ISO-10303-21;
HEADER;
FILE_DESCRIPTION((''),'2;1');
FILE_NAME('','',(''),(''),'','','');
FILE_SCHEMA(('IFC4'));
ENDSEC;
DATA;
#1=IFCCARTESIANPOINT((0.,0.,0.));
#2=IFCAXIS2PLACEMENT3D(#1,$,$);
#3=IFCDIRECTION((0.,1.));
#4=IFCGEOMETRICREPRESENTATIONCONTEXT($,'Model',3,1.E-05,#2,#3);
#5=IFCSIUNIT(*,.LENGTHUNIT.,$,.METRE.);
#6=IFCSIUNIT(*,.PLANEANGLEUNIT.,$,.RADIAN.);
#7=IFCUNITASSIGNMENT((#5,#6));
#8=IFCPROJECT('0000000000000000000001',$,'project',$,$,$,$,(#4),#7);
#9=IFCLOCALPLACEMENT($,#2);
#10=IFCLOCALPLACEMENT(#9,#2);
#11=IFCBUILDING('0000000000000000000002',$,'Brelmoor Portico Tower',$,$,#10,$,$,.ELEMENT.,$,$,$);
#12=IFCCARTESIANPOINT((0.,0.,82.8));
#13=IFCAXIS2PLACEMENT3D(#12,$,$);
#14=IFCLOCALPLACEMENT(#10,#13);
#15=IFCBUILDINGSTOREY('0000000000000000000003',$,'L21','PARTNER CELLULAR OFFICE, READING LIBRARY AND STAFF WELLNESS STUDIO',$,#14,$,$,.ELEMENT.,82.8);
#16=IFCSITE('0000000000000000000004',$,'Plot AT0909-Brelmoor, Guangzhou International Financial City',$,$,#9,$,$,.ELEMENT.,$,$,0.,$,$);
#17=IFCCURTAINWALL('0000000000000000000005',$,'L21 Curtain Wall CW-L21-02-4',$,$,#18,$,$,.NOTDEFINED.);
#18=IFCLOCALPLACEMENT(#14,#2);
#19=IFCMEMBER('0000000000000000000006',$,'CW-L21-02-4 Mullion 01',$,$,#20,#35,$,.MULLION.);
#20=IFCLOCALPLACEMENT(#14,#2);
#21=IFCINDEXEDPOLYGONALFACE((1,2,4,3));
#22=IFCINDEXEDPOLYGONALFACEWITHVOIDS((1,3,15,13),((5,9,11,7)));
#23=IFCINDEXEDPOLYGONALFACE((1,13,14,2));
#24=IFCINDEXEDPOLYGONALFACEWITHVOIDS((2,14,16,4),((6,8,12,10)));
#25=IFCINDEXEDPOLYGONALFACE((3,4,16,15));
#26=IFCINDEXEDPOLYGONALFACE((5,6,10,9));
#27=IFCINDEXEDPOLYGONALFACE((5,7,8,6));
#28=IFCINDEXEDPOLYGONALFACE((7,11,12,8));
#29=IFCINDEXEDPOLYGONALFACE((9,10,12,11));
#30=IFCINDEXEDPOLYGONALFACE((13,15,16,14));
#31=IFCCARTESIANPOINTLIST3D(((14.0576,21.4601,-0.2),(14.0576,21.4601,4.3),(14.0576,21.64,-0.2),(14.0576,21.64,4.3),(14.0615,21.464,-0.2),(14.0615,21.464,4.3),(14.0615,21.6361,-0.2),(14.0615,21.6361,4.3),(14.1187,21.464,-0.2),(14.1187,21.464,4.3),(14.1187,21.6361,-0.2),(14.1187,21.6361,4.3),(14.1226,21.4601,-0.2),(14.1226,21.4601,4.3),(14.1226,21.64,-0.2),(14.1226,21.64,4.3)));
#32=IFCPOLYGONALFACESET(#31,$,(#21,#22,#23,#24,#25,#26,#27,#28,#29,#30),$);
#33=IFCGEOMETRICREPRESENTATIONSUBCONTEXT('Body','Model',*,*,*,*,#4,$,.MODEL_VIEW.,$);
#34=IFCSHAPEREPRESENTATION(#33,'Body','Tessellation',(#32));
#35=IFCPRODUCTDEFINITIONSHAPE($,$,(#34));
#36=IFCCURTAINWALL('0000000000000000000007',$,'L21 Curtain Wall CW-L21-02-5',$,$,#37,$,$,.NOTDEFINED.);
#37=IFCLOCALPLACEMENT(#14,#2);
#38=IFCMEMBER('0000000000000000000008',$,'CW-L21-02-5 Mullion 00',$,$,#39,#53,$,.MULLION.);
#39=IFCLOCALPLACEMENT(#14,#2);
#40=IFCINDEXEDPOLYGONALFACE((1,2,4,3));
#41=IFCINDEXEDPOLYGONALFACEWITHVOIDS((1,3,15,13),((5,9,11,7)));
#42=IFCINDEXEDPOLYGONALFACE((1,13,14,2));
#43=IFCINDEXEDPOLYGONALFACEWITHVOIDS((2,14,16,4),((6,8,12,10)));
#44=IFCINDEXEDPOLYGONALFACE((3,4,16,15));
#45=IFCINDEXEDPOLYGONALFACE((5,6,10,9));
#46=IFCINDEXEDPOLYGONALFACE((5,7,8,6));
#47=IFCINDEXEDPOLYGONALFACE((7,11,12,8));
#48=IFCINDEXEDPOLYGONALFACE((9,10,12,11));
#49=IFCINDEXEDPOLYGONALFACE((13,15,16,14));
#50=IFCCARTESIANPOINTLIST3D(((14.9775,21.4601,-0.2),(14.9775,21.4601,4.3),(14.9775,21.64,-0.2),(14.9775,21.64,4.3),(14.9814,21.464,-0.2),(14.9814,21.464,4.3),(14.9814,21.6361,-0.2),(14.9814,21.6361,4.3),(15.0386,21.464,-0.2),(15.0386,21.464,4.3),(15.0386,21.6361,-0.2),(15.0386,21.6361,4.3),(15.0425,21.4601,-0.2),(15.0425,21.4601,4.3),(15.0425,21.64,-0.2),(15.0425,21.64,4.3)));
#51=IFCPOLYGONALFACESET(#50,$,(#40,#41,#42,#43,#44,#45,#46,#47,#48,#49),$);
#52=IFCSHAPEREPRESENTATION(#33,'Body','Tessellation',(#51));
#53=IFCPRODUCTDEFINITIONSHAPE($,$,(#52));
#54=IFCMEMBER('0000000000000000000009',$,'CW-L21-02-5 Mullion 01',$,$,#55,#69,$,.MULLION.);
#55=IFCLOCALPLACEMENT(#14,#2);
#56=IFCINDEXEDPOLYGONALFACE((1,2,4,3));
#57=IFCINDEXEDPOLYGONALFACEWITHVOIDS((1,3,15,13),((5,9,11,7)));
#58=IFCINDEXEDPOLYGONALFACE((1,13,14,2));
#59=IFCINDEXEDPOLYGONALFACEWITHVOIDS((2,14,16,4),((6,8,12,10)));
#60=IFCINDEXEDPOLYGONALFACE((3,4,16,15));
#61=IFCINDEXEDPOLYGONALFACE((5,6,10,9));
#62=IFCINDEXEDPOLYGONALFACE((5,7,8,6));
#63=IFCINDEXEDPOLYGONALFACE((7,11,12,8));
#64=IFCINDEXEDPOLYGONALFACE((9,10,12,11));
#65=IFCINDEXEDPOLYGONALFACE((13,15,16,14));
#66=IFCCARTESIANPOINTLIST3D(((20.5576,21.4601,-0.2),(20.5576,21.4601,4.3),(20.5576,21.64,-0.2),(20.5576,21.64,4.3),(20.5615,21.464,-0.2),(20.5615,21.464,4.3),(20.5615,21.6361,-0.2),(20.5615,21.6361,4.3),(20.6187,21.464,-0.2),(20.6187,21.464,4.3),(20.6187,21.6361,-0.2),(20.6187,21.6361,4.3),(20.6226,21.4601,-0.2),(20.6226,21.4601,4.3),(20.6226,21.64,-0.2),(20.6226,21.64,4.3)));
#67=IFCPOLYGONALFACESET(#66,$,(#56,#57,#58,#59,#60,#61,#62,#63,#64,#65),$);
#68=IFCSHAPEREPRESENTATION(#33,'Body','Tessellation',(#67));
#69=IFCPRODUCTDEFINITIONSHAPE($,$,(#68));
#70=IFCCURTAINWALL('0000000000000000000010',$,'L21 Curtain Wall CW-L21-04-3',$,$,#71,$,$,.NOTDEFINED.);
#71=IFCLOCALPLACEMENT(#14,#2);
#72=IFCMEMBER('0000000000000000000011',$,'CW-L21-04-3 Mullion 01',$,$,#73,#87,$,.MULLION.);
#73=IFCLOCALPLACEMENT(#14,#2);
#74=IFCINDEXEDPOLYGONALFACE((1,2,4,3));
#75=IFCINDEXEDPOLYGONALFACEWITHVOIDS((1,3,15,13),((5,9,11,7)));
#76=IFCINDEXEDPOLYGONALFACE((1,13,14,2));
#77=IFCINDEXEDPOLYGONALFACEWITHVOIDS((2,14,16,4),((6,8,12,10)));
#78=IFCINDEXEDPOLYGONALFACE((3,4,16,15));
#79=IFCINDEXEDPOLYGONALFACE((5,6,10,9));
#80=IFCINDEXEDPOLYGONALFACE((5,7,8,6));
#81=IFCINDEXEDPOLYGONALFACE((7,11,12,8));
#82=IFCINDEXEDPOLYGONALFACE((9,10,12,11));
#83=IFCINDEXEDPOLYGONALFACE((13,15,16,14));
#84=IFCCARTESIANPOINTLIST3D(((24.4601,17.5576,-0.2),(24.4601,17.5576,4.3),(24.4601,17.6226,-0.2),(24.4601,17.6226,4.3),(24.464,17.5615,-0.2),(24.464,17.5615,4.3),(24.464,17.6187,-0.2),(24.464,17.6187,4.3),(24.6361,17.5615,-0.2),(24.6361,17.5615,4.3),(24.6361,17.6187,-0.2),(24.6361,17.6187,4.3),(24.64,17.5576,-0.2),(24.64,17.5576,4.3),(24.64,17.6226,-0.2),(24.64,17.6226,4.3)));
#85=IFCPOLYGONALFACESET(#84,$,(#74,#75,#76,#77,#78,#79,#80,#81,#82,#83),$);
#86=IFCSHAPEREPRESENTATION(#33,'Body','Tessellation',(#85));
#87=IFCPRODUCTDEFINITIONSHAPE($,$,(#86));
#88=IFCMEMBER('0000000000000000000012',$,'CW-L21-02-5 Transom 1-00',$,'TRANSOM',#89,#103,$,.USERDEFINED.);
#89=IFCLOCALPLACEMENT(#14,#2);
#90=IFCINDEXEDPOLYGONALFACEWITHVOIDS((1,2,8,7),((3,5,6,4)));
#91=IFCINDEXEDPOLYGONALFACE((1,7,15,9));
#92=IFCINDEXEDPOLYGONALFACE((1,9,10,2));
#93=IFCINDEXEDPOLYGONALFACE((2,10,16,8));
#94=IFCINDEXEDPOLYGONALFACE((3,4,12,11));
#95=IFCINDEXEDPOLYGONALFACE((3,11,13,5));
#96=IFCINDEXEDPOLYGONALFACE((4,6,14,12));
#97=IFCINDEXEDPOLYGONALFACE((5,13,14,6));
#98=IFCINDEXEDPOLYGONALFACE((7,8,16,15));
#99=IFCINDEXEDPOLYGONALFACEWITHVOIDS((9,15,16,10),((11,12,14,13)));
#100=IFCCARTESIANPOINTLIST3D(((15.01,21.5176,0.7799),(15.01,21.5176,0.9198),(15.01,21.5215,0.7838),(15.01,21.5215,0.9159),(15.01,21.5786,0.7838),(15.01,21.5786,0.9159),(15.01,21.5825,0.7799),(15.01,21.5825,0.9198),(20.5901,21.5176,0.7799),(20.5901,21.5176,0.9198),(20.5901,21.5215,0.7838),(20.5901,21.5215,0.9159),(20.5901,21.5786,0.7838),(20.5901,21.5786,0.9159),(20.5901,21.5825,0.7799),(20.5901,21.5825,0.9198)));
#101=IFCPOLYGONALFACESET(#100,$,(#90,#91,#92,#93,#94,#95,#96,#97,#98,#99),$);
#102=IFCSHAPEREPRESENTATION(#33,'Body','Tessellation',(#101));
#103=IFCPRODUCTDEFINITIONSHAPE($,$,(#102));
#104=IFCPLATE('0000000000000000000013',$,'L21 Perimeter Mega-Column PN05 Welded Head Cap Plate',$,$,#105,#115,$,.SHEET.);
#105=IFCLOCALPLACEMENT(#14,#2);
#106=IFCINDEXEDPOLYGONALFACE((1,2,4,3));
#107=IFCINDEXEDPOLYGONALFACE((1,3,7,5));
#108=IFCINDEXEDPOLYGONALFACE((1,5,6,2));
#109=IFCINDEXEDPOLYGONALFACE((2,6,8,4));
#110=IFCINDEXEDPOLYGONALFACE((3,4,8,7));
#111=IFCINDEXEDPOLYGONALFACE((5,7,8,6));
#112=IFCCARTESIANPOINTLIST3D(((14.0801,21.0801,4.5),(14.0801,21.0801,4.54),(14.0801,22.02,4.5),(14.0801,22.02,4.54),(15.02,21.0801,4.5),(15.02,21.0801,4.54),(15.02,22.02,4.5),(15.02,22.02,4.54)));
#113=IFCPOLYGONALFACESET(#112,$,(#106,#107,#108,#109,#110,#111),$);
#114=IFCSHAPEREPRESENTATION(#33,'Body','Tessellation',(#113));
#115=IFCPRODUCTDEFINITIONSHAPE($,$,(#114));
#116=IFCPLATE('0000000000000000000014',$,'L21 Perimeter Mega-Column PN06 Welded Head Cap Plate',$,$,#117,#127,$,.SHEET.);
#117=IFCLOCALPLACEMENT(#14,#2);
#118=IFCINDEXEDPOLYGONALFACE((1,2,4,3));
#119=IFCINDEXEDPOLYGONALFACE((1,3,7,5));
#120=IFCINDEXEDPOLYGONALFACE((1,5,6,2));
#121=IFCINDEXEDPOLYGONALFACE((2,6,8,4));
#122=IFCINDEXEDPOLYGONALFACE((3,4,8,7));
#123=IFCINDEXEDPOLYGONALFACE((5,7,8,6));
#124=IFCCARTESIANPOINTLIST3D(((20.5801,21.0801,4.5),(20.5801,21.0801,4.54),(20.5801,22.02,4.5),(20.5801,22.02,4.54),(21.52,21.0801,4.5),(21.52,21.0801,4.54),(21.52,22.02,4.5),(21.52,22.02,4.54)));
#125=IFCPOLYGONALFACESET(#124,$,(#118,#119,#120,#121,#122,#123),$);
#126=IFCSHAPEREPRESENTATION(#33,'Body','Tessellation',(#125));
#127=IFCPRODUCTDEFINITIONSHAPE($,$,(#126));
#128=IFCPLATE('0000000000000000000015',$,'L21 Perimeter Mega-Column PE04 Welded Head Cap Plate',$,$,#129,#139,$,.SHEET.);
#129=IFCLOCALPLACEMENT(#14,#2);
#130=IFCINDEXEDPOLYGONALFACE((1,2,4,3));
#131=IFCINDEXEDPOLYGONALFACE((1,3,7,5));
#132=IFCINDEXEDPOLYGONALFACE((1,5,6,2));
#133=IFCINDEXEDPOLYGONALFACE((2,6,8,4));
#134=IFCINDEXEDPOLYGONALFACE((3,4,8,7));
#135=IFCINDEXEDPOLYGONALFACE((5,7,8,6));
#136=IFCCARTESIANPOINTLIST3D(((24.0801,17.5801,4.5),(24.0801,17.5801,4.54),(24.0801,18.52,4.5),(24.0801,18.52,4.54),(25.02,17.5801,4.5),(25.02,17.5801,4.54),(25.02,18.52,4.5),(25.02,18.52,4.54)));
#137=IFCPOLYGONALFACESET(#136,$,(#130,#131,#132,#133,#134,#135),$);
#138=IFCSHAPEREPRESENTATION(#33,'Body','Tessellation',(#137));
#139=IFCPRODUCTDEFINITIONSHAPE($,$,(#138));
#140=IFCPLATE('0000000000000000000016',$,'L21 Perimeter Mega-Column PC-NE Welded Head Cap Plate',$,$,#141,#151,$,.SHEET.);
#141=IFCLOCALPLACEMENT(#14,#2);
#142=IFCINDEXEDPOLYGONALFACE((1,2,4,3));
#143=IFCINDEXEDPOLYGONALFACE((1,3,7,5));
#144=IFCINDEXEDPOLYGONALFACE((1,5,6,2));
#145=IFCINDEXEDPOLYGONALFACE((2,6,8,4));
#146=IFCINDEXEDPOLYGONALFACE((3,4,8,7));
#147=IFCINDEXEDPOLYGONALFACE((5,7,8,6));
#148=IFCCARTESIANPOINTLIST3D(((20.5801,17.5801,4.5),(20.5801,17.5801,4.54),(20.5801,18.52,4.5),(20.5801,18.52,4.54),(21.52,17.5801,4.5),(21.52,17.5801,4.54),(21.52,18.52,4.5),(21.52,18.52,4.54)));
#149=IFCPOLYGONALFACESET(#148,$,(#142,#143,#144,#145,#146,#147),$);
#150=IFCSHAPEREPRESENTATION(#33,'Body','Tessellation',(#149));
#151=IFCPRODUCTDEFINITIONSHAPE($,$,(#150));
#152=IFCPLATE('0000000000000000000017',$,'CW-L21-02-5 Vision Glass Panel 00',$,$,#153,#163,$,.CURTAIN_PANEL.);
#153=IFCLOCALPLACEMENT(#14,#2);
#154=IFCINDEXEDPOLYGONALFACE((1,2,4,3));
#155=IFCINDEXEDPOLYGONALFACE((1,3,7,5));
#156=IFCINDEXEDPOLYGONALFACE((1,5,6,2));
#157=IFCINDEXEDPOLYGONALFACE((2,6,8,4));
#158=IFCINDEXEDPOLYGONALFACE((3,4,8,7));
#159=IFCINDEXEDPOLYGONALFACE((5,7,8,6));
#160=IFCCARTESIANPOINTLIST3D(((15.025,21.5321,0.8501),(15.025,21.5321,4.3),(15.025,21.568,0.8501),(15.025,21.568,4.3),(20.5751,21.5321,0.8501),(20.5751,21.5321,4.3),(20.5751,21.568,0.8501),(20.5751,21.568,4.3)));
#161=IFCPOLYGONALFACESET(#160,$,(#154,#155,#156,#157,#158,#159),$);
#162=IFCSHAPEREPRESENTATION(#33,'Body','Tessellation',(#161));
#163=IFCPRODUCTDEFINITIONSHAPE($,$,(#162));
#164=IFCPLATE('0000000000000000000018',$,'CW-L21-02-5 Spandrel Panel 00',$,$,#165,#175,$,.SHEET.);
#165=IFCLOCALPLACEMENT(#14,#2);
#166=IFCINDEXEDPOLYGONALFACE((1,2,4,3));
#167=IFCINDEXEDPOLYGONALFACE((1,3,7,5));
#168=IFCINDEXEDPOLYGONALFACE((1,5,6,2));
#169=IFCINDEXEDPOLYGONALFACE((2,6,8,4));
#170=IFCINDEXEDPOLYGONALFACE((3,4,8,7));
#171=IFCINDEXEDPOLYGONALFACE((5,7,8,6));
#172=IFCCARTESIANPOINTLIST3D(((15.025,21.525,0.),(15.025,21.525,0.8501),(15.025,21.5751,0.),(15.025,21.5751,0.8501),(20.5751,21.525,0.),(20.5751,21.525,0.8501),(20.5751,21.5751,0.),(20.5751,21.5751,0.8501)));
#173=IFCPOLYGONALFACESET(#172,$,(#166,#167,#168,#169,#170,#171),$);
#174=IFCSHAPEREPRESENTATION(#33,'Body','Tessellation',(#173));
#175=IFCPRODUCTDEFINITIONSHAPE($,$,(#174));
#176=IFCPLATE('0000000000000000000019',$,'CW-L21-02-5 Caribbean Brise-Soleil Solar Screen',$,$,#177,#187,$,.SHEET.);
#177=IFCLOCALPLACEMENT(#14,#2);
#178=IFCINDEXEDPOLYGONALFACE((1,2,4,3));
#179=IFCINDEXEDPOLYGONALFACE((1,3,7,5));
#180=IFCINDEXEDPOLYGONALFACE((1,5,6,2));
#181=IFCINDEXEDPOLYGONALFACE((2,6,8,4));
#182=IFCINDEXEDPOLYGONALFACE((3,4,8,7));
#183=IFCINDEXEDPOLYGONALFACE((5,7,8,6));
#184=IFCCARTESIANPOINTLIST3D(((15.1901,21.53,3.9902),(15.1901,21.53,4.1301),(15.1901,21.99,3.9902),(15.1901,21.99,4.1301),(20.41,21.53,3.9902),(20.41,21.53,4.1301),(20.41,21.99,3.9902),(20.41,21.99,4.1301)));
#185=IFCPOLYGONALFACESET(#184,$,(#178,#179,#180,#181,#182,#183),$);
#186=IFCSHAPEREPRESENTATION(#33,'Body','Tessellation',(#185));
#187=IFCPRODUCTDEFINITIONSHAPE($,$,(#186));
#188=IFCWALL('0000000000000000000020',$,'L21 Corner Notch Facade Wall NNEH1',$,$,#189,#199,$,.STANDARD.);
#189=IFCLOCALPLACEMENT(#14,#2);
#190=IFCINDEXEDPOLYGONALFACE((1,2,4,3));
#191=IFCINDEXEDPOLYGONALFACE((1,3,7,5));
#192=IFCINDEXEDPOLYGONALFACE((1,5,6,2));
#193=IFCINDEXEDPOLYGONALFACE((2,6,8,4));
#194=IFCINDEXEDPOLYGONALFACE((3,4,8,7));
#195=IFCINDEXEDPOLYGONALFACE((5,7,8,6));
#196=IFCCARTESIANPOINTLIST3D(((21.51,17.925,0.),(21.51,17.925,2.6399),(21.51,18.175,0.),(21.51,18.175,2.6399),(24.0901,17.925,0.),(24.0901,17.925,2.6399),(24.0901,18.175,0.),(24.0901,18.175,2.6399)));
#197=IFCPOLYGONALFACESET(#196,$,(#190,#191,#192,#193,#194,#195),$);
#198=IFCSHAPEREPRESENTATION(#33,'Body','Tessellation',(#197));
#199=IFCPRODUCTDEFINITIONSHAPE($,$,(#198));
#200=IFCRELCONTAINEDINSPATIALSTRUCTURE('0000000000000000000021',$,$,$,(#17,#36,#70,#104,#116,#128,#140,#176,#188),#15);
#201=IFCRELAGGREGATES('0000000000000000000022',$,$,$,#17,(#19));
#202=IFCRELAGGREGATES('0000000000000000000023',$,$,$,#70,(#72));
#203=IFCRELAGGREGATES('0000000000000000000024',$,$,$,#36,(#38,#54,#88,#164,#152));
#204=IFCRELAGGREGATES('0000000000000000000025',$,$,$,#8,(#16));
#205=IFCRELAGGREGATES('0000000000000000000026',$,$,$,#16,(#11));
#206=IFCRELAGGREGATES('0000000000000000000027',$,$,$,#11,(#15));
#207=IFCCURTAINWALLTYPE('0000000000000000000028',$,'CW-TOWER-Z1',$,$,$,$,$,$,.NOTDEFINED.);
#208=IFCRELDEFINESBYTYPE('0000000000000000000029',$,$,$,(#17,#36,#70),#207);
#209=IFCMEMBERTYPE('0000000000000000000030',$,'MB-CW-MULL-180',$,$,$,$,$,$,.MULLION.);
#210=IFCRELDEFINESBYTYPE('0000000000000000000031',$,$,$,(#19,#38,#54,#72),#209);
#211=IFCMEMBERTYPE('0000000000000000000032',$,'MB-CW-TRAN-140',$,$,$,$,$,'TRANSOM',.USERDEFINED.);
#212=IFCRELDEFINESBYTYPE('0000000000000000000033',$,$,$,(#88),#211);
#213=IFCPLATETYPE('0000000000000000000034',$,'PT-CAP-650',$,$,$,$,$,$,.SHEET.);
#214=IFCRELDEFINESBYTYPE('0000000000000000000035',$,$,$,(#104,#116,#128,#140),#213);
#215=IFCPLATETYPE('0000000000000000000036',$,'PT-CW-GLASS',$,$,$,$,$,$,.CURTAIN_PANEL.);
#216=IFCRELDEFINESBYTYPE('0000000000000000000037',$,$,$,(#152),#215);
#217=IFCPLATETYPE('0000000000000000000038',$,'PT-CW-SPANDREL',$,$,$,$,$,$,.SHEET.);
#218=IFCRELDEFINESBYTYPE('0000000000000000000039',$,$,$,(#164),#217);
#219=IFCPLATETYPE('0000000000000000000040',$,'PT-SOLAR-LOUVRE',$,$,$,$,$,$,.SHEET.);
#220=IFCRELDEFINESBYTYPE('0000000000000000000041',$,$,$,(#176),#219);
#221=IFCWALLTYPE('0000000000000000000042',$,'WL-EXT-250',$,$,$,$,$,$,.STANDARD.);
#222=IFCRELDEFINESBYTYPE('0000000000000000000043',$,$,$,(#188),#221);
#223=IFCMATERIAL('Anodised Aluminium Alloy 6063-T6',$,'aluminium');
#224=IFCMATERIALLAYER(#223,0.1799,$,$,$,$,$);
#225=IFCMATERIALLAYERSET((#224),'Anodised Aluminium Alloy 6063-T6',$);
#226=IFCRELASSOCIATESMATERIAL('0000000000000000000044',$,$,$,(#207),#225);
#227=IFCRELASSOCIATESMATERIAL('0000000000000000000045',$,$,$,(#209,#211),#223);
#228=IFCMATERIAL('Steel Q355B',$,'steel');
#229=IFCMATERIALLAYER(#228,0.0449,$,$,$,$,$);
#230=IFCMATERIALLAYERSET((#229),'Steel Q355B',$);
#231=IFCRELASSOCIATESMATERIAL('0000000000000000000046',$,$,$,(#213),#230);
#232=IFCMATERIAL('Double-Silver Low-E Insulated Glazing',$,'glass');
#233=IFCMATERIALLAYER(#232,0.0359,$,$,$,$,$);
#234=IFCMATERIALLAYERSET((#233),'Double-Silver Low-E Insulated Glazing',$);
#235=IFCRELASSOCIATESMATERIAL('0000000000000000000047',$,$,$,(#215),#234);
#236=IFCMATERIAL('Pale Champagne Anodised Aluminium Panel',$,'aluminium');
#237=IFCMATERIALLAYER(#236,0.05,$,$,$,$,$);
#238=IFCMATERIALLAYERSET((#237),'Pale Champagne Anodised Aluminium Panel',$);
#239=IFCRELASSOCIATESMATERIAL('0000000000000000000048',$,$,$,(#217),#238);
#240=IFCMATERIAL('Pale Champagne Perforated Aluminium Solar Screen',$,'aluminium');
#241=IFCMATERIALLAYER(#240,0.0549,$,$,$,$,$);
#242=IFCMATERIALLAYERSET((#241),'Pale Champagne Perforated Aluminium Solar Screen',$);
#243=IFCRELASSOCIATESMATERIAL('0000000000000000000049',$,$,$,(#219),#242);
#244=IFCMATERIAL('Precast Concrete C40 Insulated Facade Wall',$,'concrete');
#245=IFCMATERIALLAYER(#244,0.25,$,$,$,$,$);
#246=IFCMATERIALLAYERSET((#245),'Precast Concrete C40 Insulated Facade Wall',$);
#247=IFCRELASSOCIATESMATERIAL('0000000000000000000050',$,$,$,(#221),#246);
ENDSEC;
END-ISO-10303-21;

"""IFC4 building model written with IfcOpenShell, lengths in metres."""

from ifc_helpers import new_model, si_unit, direction, frame, frame_2d, origin, origin_2d, place, context, subcontext, project, spatial, rectangle, hollow_rectangle, extrude, material, layer, layer_set, material_profile, profile_set, type_object, element, aggregate, save


model = new_model("IFC4")

# Units and contexts
model_context = context("Model", 3, precision=1e-05, world=origin(), true_north=direction((0.0, 1.0)))
body_context = subcontext(model_context, "Body", "Model", "MODEL_VIEW")
ifc_project = project(units=[si_unit("LENGTHUNIT", "METRE"), si_unit("PLANEANGLEUNIT", "RADIAN")], contexts=[model_context])

# Site, building, storey
site_placement = place(None, origin())
site = spatial("IfcSite", under=ifc_project, at=site_placement, Name="Plot AT0909-Brelmoor, Guangzhou International Financial City", CompositionType="ELEMENT", RefElevation=0.0)
building_placement = place(site_placement, origin())
building = spatial("IfcBuilding", under=site, at=building_placement, Name="Brelmoor Portico Tower", CompositionType="ELEMENT")
storey_placement = place(building_placement, frame((0.0, 0.0, 82.8)))
storey = spatial("IfcBuildingStorey", under=building, at=storey_placement, Name="L21", Description="PARTNER CELLULAR OFFICE, READING LIBRARY AND STAFF WELLNESS STUDIO", CompositionType="ELEMENT", Elevation=82.8)

# Shared definitions
ifc_material_1 = material(Name="Steel Q355B", Category="steel")

# Curtain wall, member
ifc_material_2 = material(Name="Anodised Aluminium Alloy 6063-T6", Category="aluminium")
ifc_layer_1 = layer(ifc_material_2, 0.1799)
ifc_layer_set_1 = layer_set([ifc_layer_1], Name="Anodised Aluminium Alloy 6063-T6")
curtain_wall_type = type_object("IfcCurtainWallType", Name="CW-TOWER-Z1", PredefinedType="NOTDEFINED", material=ifc_layer_set_1)
curtain_wall_1_placement = place(storey_placement, origin())
curtain_wall_1 = element("IfcCurtainWall", 1, at=curtain_wall_1_placement, inside=storey, type_object=curtain_wall_type, Name="L21 Curtain Wall CW-L21-02-4", PredefinedType="NOTDEFINED")
ifc_material_profile_1 = material_profile(ifc_material_2, hollow_rectangle(XDim=0.0649, YDim=0.1799, WallThickness=0.0039, at=origin_2d()), Name="ALU MULLION 65x180")
ifc_profile_set_1 = profile_set([ifc_material_profile_1], Name="Anodised Aluminium Alloy 6063-T6")
member_type_1 = type_object("IfcMemberType", Name="MB-CW-MULL-180", PredefinedType="MULLION", material=ifc_profile_set_1)
member_1_placement = place(storey_placement, frame((14.0901, 21.55, -0.2), z_axis=(0.0, 0.0, 1.0), x_axis=(1.0, 0.0, 0.0)))
member_1 = element("IfcMember", 2, at=member_1_placement, type_object=member_type_1, Name="CW-L21-02-4 Mullion 01", PredefinedType="MULLION", context=body_context, shape_type="SweptSolid", body=[
    extrude(hollow_rectangle(XDim=0.0649, YDim=0.1799, WallThickness=0.0039, at=origin_2d()), origin(), (0.0, 0.0, 1.0), 4.5),
])
aggregate(curtain_wall_1, [member_1])

# Curtain wall, members
curtain_wall_2_placement = place(storey_placement, origin())
curtain_wall_2 = element("IfcCurtainWall", 3, at=curtain_wall_2_placement, inside=storey, type_object=curtain_wall_type, Name="L21 Curtain Wall CW-L21-02-5", PredefinedType="NOTDEFINED")
member_2_placement = place(storey_placement, frame((15.01, 21.55, -0.2), z_axis=(0.0, 0.0, 1.0), x_axis=(1.0, 0.0, 0.0)))
member_2 = element("IfcMember", 4, at=member_2_placement, type_object=member_type_1, Name="CW-L21-02-5 Mullion 00", PredefinedType="MULLION", context=body_context, shape_type="SweptSolid", body=[
    extrude(hollow_rectangle(XDim=0.0649, YDim=0.1799, WallThickness=0.0039, at=origin_2d()), origin(), (0.0, 0.0, 1.0), 4.5),
])
member_3_placement = place(storey_placement, frame((20.5901, 21.55, -0.2), z_axis=(0.0, 0.0, 1.0), x_axis=(1.0, 0.0, 0.0)))
member_3 = element("IfcMember", 5, at=member_3_placement, type_object=member_type_1, Name="CW-L21-02-5 Mullion 01", PredefinedType="MULLION", context=body_context, shape_type="SweptSolid", body=[
    extrude(hollow_rectangle(XDim=0.0649, YDim=0.1799, WallThickness=0.0039, at=origin_2d()), origin(), (0.0, 0.0, 1.0), 4.5),
])

# Curtain wall, member
curtain_wall_3_placement = place(storey_placement, origin())
curtain_wall_3 = element("IfcCurtainWall", 6, at=curtain_wall_3_placement, inside=storey, type_object=curtain_wall_type, Name="L21 Curtain Wall CW-L21-04-3", PredefinedType="NOTDEFINED")
member_4_placement = place(storey_placement, frame((24.55, 17.5901, -0.2), z_axis=(0.0, 0.0, 1.0), x_axis=(0.0, 1.0, 0.0)))
member_4 = element("IfcMember", 7, at=member_4_placement, type_object=member_type_1, Name="CW-L21-04-3 Mullion 01", PredefinedType="MULLION", context=body_context, shape_type="SweptSolid", body=[
    extrude(hollow_rectangle(XDim=0.0649, YDim=0.1799, WallThickness=0.0039, at=origin_2d()), origin(), (0.0, 0.0, 1.0), 4.5),
])
aggregate(curtain_wall_3, [member_4])

# Member
ifc_material_profile_2 = material_profile(ifc_material_2, hollow_rectangle(XDim=0.0649, YDim=0.1399, WallThickness=0.0039, at=origin_2d()), Name="ALU TRANSOM 65x140")
ifc_profile_set_2 = profile_set([ifc_material_profile_2], Name="Anodised Aluminium Alloy 6063-T6")
member_type_2 = type_object("IfcMemberType", Name="MB-CW-TRAN-140", ElementType="TRANSOM", PredefinedType="USERDEFINED", material=ifc_profile_set_2)
member_5_placement = place(storey_placement, frame((15.01, 21.55, 0.8499), z_axis=(1.0, 0.0, 0.0), x_axis=(0.0, 1.0, 0.0)))
member_5 = element("IfcMember", 8, at=member_5_placement, type_object=member_type_2, Name="CW-L21-02-5 Transom 1-00", ObjectType="TRANSOM", PredefinedType="USERDEFINED", context=body_context, shape_type="SweptSolid", body=[
    extrude(hollow_rectangle(XDim=0.0649, YDim=0.1399, WallThickness=0.0039, at=origin_2d()), origin(), (0.0, 0.0, 1.0), 5.5801),
])

# Plates
ifc_layer_2 = layer(ifc_material_1, 0.0449)
ifc_layer_set_2 = layer_set([ifc_layer_2], Name="Steel Q355B")
plate_type_1 = type_object("IfcPlateType", Name="PT-CAP-650", PredefinedType="SHEET", material=ifc_layer_set_2)
for number, where, z_axis, x_axis, name in (
    (9, (14.55, 21.55, 4.5), (0.0, 0.0, 1.0), (1.0, 0.0, 0.0), "L21 Perimeter Mega-Column PN05 Welded Head Cap Plate"),
    (10, (21.05, 21.55, 4.5), (0.0, 0.0, 1.0), (1.0, 0.0, 0.0), "L21 Perimeter Mega-Column PN06 Welded Head Cap Plate"),
    (11, (24.55, 18.05, 4.5), (0.0, 0.0, 1.0), (0.0, 1.0, 0.0), "L21 Perimeter Mega-Column PE04 Welded Head Cap Plate"),
    (12, (21.05, 18.05, 4.5), (0.0, 0.0, 1.0), (1.0, 0.0, 0.0), "L21 Perimeter Mega-Column PC-NE Welded Head Cap Plate"),
):
    element("IfcPlate", number, at=place(storey_placement, frame(where, z_axis=z_axis, x_axis=x_axis)), inside=storey, type_object=plate_type_1, Name=name, PredefinedType="SHEET", context=body_context, shape_type="SweptSolid", body=[
        extrude(rectangle(XDim=0.9399, YDim=0.9399, at=origin_2d()), origin(), (0.0, 0.0, 1.0), 0.04),
    ])

# Plates
ifc_material_3 = material(Name="Double-Silver Low-E Insulated Glazing", Category="glass")
ifc_layer_3 = layer(ifc_material_3, 0.0359)
ifc_layer_set_3 = layer_set([ifc_layer_3], Name="Double-Silver Low-E Insulated Glazing")
plate_type_2 = type_object("IfcPlateType", Name="PT-CW-GLASS", PredefinedType="CURTAIN_PANEL", material=ifc_layer_set_3)
plate_1_placement = place(storey_placement, frame((17.8, 21.55, 0.8501), z_axis=(0.0, 0.0, 1.0), x_axis=(1.0, 0.0, 0.0)))
plate_1 = element("IfcPlate", 13, at=plate_1_placement, type_object=plate_type_2, Name="CW-L21-02-5 Vision Glass Panel 00", PredefinedType="CURTAIN_PANEL", context=body_context, shape_type="SweptSolid", body=[
    extrude(rectangle(XDim=5.55, YDim=0.0359, at=origin_2d()), origin(), (0.0, 0.0, 1.0), 3.45),
])
ifc_material_4 = material(Name="Pale Champagne Anodised Aluminium Panel", Category="aluminium")
ifc_layer_4 = layer(ifc_material_4, 0.05)
ifc_layer_set_4 = layer_set([ifc_layer_4], Name="Pale Champagne Anodised Aluminium Panel")
plate_type_3 = type_object("IfcPlateType", Name="PT-CW-SPANDREL", PredefinedType="SHEET", material=ifc_layer_set_4)
plate_2_placement = place(storey_placement, frame((17.8, 21.55, 0.0), z_axis=(0.0, 0.0, 1.0), x_axis=(1.0, 0.0, 0.0)))
plate_2 = element("IfcPlate", 14, at=plate_2_placement, type_object=plate_type_3, Name="CW-L21-02-5 Spandrel Panel 00", PredefinedType="SHEET", context=body_context, shape_type="SweptSolid", body=[
    extrude(rectangle(XDim=5.55, YDim=0.05, at=origin_2d()), origin(), (0.0, 0.0, 1.0), 0.8501),
])
aggregate(curtain_wall_2, [member_2, member_3, member_5, plate_2, plate_1])
ifc_material_5 = material(Name="Pale Champagne Perforated Aluminium Solar Screen", Category="aluminium")
ifc_layer_5 = layer(ifc_material_5, 0.0549)
ifc_layer_set_5 = layer_set([ifc_layer_5], Name="Pale Champagne Perforated Aluminium Solar Screen")
plate_type_4 = type_object("IfcPlateType", Name="PT-SOLAR-LOUVRE", PredefinedType="SHEET", material=ifc_layer_set_5)
plate_3_placement = place(storey_placement, frame((17.8, 21.76, 3.9902), z_axis=(0.0, 0.0, 1.0), x_axis=(1.0, 0.0, 0.0)))
element("IfcPlate", 15, at=plate_3_placement, inside=storey, type_object=plate_type_4, Name="CW-L21-02-5 Caribbean Brise-Soleil Solar Screen", PredefinedType="SHEET", context=body_context, shape_type="SweptSolid", body=[
    extrude(rectangle(XDim=5.22, YDim=0.46, at=origin_2d()), origin(), (0.0, 0.0, 1.0), 0.1399),
])

# Wall
ifc_material_6 = material(Name="Precast Concrete C40 Insulated Facade Wall", Category="concrete")
ifc_layer_6 = layer(ifc_material_6, 0.25)
ifc_layer_set_6 = layer_set([ifc_layer_6], Name="Precast Concrete C40 Insulated Facade Wall")
wall_type = type_object("IfcWallType", Name="WL-EXT-250", PredefinedType="STANDARD", material=ifc_layer_set_6)
for number, where, z_axis, x_axis, name in (
    (16, (21.51, 18.05, 0.0), (0.0, 0.0, 1.0), (1.0, 0.0, 0.0), "L21 Corner Notch Facade Wall NNEH1"),
):
    element("IfcWall", number, at=place(storey_placement, frame(where, z_axis=z_axis, x_axis=x_axis)), inside=storey, type_object=wall_type, Name=name, PredefinedType="STANDARD", context=body_context, shape_type="SweptSolid", body=[
        extrude(rectangle(XDim=2.5801, YDim=0.25, at=frame_2d((1.29, 0.0))), origin(), (0.0, 0.0, 1.0), 2.6399),
    ])

save(model, "model.ifc")
